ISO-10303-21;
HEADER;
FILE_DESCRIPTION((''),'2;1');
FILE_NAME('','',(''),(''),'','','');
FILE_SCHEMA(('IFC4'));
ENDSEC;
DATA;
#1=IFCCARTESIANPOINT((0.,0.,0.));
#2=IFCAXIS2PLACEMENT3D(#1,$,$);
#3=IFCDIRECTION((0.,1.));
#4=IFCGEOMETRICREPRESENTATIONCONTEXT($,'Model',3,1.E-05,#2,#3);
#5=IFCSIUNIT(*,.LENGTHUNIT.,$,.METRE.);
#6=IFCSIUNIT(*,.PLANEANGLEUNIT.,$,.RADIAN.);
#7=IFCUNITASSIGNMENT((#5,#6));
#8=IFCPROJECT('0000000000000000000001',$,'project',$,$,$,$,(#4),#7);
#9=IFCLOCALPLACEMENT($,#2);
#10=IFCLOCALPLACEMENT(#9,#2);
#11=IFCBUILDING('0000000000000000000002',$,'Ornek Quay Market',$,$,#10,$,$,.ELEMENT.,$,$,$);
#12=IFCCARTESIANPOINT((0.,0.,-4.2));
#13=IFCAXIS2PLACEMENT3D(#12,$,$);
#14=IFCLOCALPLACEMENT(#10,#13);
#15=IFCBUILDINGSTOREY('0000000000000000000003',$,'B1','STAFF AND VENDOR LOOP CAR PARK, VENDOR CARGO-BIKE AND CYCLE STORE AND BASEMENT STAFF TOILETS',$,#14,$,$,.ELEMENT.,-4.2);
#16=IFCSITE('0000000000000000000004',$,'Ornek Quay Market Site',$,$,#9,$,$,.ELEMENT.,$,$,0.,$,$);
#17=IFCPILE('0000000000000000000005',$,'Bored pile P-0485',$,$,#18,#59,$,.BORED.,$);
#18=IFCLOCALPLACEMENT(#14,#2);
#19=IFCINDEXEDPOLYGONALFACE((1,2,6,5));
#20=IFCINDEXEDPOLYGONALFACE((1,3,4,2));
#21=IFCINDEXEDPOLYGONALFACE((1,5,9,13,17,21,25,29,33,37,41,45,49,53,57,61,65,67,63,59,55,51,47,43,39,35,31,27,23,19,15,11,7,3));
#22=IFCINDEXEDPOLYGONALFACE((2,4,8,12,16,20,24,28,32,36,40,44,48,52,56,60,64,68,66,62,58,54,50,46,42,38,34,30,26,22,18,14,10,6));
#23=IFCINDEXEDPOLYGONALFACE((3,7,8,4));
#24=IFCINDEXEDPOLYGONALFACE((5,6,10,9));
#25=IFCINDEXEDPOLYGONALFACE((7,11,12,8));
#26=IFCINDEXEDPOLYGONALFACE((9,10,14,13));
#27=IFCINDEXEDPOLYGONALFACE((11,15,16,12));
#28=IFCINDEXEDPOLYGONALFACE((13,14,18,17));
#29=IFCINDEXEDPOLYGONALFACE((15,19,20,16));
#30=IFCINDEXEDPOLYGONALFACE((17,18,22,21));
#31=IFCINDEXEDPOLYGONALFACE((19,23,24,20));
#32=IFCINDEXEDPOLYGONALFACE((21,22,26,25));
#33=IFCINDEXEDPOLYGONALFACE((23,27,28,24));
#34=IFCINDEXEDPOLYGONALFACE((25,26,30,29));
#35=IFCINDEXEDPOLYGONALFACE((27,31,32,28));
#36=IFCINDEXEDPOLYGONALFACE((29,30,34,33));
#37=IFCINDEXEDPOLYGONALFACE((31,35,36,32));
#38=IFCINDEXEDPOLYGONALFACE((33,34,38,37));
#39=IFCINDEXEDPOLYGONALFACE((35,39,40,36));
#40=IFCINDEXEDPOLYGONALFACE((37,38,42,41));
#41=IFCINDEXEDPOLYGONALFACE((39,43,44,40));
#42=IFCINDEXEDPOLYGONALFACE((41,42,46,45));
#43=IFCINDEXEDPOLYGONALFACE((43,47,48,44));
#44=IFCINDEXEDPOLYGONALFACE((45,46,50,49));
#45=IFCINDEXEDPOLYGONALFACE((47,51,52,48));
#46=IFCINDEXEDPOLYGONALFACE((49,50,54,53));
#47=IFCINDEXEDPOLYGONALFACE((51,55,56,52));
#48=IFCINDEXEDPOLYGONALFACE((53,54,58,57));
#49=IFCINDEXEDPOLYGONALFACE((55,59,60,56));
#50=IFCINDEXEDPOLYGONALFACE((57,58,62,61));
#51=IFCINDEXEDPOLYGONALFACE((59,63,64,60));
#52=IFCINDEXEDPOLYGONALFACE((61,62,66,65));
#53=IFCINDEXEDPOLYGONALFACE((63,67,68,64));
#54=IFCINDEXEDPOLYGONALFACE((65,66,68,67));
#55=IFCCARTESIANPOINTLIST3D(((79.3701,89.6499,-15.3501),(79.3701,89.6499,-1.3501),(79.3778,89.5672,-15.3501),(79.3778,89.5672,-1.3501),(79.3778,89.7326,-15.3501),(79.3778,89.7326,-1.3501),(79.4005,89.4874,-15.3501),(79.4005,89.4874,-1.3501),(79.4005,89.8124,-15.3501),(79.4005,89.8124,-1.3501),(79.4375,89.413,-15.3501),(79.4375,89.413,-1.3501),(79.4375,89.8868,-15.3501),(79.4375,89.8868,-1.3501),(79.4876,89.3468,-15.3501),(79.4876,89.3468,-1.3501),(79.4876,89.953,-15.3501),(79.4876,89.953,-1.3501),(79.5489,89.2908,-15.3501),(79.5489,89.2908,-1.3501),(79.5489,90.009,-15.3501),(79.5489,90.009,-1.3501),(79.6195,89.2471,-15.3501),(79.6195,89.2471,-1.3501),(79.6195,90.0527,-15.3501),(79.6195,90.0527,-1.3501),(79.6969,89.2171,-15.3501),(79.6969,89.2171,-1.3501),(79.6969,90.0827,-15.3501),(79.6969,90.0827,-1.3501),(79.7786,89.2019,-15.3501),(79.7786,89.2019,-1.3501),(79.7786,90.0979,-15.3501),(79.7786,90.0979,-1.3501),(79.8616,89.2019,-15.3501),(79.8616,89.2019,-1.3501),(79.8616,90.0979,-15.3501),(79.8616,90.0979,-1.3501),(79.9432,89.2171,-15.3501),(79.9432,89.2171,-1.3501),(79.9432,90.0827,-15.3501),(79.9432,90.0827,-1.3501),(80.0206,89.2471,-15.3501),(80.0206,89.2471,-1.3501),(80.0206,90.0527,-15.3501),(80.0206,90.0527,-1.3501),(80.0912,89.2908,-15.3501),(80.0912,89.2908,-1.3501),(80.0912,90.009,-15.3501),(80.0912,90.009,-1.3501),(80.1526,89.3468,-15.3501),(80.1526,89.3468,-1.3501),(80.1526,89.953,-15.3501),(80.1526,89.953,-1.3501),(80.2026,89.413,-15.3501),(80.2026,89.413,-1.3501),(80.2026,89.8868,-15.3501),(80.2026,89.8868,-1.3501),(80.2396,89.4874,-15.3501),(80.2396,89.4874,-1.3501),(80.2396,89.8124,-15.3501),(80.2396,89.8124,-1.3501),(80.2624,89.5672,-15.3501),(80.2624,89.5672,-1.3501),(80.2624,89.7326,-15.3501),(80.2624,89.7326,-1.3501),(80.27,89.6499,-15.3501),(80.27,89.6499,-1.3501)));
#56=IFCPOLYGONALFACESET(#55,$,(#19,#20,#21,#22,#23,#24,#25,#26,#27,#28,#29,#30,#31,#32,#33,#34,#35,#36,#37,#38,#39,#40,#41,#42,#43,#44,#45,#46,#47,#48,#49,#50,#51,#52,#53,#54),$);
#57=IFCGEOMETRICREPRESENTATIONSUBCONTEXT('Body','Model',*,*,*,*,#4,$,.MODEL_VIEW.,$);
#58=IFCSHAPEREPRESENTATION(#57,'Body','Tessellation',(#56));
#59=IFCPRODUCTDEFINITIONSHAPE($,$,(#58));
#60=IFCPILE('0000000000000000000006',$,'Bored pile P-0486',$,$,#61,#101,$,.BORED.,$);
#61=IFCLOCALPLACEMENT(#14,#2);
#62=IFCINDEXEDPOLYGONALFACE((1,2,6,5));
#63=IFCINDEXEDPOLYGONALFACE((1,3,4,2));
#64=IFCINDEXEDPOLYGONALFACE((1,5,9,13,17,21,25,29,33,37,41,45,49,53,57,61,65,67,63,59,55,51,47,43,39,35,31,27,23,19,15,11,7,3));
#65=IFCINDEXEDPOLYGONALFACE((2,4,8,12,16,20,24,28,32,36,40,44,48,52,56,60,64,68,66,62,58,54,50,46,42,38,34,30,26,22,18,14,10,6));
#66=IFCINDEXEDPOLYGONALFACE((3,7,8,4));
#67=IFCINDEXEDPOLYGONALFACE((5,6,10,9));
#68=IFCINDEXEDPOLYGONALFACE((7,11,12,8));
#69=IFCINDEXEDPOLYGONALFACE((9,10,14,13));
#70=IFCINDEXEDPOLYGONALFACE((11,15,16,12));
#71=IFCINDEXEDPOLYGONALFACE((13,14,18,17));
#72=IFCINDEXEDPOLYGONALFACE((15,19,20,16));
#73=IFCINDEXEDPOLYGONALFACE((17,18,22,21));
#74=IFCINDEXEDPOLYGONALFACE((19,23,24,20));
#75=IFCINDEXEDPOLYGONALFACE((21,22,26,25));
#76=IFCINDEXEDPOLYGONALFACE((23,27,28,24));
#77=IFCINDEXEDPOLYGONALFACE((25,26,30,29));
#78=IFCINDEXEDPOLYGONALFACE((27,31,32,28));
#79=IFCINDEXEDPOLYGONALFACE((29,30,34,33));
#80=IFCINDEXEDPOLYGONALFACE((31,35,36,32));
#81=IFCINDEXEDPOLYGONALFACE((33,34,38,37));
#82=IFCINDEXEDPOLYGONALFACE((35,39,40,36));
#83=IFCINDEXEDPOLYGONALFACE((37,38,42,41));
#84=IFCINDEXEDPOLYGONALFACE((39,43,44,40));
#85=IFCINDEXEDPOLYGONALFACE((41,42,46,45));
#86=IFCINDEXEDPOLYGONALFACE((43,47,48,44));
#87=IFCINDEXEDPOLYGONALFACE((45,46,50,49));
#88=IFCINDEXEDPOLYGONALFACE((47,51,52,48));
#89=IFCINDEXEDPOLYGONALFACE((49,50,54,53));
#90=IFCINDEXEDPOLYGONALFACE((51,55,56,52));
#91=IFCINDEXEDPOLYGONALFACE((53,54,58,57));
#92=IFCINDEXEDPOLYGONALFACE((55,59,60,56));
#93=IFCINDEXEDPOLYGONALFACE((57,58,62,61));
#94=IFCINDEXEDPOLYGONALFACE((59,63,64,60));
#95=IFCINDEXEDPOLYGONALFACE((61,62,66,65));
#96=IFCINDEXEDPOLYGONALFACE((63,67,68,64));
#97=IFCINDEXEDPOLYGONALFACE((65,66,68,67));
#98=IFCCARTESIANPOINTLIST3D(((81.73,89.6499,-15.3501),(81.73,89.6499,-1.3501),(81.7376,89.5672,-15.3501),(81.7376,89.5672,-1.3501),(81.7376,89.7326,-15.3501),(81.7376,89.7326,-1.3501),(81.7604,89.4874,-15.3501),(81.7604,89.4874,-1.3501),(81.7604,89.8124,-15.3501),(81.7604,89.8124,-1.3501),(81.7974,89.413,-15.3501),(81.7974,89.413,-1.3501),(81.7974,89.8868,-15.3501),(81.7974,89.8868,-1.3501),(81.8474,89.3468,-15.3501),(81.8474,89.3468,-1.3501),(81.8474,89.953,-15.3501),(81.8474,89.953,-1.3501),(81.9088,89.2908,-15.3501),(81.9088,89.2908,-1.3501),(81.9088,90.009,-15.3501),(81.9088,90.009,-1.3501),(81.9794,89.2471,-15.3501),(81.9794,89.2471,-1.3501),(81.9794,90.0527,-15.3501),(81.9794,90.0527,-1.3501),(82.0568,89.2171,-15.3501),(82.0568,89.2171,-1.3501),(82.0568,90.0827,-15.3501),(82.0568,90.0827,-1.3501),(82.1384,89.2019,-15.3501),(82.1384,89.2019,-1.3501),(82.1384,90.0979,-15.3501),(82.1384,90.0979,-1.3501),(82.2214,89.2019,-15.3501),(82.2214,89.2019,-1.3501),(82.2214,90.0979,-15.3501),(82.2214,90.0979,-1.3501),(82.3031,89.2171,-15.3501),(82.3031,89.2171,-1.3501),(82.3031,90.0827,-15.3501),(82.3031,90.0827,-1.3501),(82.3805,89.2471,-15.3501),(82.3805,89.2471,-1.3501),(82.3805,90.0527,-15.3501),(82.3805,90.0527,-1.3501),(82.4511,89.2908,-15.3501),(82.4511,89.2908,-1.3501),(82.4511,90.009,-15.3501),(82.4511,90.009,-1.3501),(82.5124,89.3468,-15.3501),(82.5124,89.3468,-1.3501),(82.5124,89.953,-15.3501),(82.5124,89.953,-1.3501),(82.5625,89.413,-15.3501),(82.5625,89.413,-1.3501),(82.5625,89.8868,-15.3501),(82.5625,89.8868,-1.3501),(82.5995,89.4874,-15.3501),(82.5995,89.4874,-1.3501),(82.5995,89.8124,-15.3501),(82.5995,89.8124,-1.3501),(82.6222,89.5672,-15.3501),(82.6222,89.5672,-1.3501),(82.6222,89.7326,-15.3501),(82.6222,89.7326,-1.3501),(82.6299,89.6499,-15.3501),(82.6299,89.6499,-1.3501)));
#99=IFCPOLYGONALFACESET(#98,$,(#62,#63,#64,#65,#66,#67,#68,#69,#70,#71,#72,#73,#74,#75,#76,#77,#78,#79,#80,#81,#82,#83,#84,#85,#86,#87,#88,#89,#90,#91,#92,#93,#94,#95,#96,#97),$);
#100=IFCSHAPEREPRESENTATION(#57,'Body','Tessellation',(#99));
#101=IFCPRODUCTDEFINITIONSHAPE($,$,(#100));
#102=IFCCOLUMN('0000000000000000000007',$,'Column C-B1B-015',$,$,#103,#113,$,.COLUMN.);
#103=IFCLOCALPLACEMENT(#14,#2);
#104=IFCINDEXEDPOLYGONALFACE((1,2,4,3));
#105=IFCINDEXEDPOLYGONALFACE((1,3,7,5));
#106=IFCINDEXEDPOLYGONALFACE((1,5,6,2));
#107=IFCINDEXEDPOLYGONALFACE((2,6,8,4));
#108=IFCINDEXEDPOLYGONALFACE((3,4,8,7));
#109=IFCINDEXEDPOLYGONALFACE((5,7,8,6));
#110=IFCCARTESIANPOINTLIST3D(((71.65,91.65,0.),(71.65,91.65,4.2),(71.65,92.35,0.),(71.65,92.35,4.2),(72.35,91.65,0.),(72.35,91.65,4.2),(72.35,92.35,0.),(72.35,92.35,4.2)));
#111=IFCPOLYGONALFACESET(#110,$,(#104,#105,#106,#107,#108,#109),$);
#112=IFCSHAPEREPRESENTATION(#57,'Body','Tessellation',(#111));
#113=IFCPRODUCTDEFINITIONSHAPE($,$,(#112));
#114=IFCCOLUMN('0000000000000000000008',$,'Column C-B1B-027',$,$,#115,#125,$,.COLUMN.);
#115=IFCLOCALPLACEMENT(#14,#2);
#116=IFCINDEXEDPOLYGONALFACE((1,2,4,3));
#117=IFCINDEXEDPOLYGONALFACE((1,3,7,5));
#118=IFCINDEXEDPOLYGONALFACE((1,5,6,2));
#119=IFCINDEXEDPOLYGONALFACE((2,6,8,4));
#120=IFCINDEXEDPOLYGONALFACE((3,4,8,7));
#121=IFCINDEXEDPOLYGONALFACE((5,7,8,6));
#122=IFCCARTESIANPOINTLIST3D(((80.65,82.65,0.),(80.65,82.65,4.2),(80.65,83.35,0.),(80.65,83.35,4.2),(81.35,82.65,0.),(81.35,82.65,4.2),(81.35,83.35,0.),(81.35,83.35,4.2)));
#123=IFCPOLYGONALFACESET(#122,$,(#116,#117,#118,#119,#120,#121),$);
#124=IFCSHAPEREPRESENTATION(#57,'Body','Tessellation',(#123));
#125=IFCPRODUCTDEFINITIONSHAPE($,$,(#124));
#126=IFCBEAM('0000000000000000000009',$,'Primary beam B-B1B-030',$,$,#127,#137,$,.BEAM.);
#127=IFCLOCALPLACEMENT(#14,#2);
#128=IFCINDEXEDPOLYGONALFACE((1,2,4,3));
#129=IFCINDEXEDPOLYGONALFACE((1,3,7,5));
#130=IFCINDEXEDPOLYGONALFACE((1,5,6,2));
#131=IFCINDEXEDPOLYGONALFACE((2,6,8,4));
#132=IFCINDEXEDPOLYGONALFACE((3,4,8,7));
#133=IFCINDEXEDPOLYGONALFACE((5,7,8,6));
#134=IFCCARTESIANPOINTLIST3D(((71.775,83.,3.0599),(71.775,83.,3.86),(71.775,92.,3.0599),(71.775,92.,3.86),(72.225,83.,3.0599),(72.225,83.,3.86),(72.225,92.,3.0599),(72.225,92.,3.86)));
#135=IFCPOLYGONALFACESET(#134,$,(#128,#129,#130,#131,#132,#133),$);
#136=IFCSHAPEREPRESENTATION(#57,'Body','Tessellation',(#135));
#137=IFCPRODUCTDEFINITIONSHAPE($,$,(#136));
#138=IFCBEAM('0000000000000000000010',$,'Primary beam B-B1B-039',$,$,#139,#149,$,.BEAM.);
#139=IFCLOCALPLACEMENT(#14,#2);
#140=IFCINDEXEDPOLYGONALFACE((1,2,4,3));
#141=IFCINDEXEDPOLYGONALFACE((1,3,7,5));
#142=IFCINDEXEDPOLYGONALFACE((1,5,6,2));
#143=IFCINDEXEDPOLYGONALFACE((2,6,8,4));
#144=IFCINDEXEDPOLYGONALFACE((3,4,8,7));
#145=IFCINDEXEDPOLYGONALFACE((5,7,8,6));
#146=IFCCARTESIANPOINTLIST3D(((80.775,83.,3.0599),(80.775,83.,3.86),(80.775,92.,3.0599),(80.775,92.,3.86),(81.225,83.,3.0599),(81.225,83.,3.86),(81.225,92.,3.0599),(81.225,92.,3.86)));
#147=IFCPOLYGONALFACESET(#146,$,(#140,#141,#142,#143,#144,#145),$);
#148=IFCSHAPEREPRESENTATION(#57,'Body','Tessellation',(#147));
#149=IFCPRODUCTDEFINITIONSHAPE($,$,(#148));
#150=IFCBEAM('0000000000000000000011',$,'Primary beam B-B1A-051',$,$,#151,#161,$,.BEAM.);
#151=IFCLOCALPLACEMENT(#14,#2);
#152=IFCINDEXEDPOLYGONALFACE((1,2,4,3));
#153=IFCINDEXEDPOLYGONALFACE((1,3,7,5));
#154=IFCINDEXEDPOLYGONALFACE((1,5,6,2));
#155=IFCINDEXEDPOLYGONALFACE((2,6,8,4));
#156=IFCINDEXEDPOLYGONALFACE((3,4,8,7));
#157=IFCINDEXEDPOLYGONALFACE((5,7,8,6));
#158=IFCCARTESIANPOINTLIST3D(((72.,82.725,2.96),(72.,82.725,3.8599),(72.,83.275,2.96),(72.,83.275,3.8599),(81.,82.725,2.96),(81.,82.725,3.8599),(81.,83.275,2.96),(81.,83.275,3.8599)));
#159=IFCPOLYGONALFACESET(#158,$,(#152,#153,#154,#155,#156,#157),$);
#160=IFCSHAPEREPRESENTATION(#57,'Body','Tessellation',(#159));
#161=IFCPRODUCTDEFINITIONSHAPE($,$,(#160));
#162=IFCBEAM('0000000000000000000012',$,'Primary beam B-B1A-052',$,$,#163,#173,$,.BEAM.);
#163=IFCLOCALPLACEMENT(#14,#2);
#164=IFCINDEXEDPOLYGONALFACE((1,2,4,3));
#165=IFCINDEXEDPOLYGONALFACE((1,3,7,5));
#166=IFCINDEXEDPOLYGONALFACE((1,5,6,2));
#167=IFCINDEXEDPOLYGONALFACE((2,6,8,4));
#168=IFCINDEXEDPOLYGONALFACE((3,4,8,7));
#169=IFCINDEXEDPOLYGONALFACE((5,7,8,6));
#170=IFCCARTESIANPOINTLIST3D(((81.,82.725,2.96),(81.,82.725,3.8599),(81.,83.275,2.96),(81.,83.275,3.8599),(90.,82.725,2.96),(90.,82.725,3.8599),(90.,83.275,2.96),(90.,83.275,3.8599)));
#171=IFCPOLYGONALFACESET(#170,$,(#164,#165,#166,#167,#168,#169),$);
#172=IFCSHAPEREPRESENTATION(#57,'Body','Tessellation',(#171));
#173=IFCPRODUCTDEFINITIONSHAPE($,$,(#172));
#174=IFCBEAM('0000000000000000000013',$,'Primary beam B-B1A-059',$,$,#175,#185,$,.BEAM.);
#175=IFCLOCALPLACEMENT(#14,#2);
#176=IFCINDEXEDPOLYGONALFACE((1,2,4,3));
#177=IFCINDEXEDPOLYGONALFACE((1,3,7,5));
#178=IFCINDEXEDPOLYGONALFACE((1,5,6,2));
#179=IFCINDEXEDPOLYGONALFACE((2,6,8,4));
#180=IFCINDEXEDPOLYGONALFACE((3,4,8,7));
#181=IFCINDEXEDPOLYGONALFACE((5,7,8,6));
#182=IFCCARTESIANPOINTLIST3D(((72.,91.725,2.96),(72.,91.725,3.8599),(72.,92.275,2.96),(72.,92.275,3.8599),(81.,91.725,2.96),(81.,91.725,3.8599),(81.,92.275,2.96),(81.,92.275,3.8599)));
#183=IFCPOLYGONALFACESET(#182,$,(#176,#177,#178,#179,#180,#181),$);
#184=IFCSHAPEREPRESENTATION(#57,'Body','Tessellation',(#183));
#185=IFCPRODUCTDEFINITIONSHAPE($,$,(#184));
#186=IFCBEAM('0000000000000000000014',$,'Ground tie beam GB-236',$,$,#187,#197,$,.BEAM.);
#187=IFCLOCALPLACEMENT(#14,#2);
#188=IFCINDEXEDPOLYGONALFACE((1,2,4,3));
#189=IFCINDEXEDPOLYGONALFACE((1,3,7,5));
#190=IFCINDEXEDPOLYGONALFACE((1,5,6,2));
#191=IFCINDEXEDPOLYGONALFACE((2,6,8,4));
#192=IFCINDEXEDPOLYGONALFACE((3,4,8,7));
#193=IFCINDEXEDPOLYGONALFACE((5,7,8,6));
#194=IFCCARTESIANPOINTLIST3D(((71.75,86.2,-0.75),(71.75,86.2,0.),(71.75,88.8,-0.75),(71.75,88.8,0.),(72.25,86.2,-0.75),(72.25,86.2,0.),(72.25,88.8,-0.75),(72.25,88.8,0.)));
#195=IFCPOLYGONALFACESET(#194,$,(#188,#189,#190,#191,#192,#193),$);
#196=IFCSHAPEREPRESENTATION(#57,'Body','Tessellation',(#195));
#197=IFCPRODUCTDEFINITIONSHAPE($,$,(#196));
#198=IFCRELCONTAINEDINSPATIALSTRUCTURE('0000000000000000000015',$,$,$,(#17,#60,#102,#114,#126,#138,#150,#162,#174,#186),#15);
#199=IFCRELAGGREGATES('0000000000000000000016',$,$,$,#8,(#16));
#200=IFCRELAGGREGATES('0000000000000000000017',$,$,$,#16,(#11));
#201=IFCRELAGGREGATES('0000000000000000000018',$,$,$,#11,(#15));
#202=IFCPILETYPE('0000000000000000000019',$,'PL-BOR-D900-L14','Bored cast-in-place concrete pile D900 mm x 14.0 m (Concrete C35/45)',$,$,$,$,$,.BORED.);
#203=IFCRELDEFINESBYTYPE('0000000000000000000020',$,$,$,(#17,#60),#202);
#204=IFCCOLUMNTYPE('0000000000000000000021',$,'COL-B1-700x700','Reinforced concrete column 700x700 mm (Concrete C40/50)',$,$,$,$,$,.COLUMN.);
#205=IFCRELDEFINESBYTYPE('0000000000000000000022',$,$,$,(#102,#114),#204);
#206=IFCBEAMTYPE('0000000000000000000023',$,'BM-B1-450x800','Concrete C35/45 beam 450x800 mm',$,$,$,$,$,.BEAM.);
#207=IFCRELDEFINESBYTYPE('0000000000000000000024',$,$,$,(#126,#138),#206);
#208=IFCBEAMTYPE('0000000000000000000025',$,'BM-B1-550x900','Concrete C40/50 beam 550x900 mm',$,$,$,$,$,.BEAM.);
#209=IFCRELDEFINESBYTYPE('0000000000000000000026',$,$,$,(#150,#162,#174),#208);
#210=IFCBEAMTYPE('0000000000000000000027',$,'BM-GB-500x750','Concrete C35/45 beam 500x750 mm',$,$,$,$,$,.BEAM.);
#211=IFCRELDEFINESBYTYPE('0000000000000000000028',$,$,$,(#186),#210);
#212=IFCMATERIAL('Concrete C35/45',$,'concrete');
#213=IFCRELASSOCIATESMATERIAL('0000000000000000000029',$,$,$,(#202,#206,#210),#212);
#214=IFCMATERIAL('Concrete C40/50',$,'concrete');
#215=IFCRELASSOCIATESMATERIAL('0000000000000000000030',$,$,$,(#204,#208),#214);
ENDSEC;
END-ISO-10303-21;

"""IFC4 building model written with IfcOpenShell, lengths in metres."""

from ifc_helpers import new_model, si_unit, direction, frame, origin, origin_2d, place, context, subcontext, project, spatial, rectangle, circle, extrude, material, material_profile, profile_set, type_object, element, save


model = new_model("IFC4")

# Units and contexts
model_context = context("Model", 3, precision=1e-05, world=origin(), true_north=direction((0.0, 1.0)))
body_context = subcontext(model_context, "Body", "Model", "MODEL_VIEW")
ifc_project = project(units=[si_unit("LENGTHUNIT", "METRE"), si_unit("PLANEANGLEUNIT", "RADIAN")], contexts=[model_context])

# Site, building, storey
site_placement = place(None, origin())
site = spatial("IfcSite", under=ifc_project, at=site_placement, Name="Ornek Quay Market Site", CompositionType="ELEMENT", RefElevation=0.0)
building_placement = place(site_placement, origin())
building = spatial("IfcBuilding", under=site, at=building_placement, Name="Ornek Quay Market", CompositionType="ELEMENT")
storey_placement = place(building_placement, frame((0.0, 0.0, -4.2)))
storey = spatial("IfcBuildingStorey", under=building, at=storey_placement, Name="B1", Description="STAFF AND VENDOR LOOP CAR PARK, VENDOR CARGO-BIKE AND CYCLE STORE AND BASEMENT STAFF TOILETS", CompositionType="ELEMENT", Elevation=-4.2)

# Piles
ifc_material_1 = material(Name="Concrete C35/45", Category="concrete")
ifc_material_profile_1 = material_profile(ifc_material_1, circle(Radius=0.45, at=origin_2d()), Name="PILE D900", Category="concrete")
ifc_profile_set_1 = profile_set([ifc_material_profile_1], Name="Concrete C35/45")
pile_type_1 = type_object("IfcPileType", Name="PL-BOR-D900-L14", Description="Bored cast-in-place concrete pile D900 mm x 14.0 m (Concrete C35/45)", PredefinedType="BORED", material=ifc_profile_set_1)
for number, where, z_axis, x_axis, name in (
    (1, (79.8201, 89.6499, -1.3501), (0.0, 0.0, -1.0), (1.0, 0.0, 0.0), "Bored pile P-0485"),
    (2, (82.1799, 89.6499, -1.3501), (0.0, 0.0, -1.0), (1.0, 0.0, 0.0), "Bored pile P-0486"),
):
    element("IfcPile", number, at=place(storey_placement, frame(where, z_axis=z_axis, x_axis=x_axis)), inside=storey, type_object=pile_type_1, Name=name, PredefinedType="BORED", context=body_context, shape_type="SweptSolid", body=[
        extrude(circle(Radius=0.45, at=origin_2d()), origin(), (0.0, 0.0, 1.0), 14.0),
    ])

# Columns
ifc_material_2 = material(Name="Concrete C40/50", Category="concrete")
ifc_material_profile_2 = material_profile(ifc_material_2, rectangle(XDim=0.7, YDim=0.7, at=origin_2d()), Name="RC 700x700", Category="concrete")
ifc_profile_set_2 = profile_set([ifc_material_profile_2], Name="Concrete C40/50")
column_type = type_object("IfcColumnType", Name="COL-B1-700x700", Description="Reinforced concrete column 700x700 mm (Concrete C40/50)", PredefinedType="COLUMN", material=ifc_profile_set_2)
for number, where, z_axis, x_axis, name in (
    (3, (72.0, 92.0, 0.0), (0.0, 0.0, 1.0), (1.0, 0.0, 0.0), "Column C-B1B-015"),
    (4, (81.0, 83.0, 0.0), (0.0, 0.0, 1.0), (1.0, 0.0, 0.0), "Column C-B1B-027"),
):
    element("IfcColumn", number, at=place(storey_placement, frame(where, z_axis=z_axis, x_axis=x_axis)), inside=storey, type_object=column_type, Name=name, PredefinedType="COLUMN", context=body_context, shape_type="SweptSolid", body=[
        extrude(rectangle(XDim=0.7, YDim=0.7, at=origin_2d()), origin(), (0.0, 0.0, 1.0), 4.2),
    ])

# Beams
ifc_material_profile_3 = material_profile(ifc_material_1, rectangle(XDim=0.45, YDim=0.8, at=origin_2d()), Name="RC 450x800", Category="concrete")
ifc_profile_set_3 = profile_set([ifc_material_profile_3], Name="Concrete C35/45")
beam_type_1 = type_object("IfcBeamType", Name="BM-B1-450x800", Description="Concrete C35/45 beam 450x800 mm", PredefinedType="BEAM", material=ifc_profile_set_3)
for number, where, z_axis, x_axis, name in (
    (5, (72.0, 83.0, 3.46), (0.0, 1.0, 0.0), (-1.0, 0.0, 0.0), "Primary beam B-B1B-030"),
    (6, (81.0, 83.0, 3.46), (0.0, 1.0, 0.0), (-1.0, 0.0, 0.0), "Primary beam B-B1B-039"),
):
    element("IfcBeam", number, at=place(storey_placement, frame(where, z_axis=z_axis, x_axis=x_axis)), inside=storey, type_object=beam_type_1, Name=name, PredefinedType="BEAM", context=body_context, shape_type="SweptSolid", body=[
        extrude(rectangle(XDim=0.45, YDim=0.8, at=origin_2d()), origin(), (0.0, 0.0, 1.0), 9.0),
    ])
ifc_material_profile_4 = material_profile(ifc_material_2, rectangle(XDim=0.55, YDim=0.8999, at=origin_2d()), Name="RC 550x900", Category="concrete")
ifc_profile_set_4 = profile_set([ifc_material_profile_4], Name="Concrete C40/50")
beam_type_2 = type_object("IfcBeamType", Name="BM-B1-550x900", Description="Concrete C40/50 beam 550x900 mm", PredefinedType="BEAM", material=ifc_profile_set_4)
for number, where, z_axis, x_axis, name in (
    (7, (72.0, 83.0, 3.4099), (1.0, 0.0, 0.0), (0.0, 1.0, 0.0), "Primary beam B-B1A-051"),
    (8, (81.0, 83.0, 3.4099), (1.0, 0.0, 0.0), (0.0, 1.0, 0.0), "Primary beam B-B1A-052"),
    (9, (72.0, 92.0, 3.4099), (1.0, 0.0, 0.0), (0.0, 1.0, 0.0), "Primary beam B-B1A-059"),
):
    element("IfcBeam", number, at=place(storey_placement, frame(where, z_axis=z_axis, x_axis=x_axis)), inside=storey, type_object=beam_type_2, Name=name, PredefinedType="BEAM", context=body_context, shape_type="SweptSolid", body=[
        extrude(rectangle(XDim=0.55, YDim=0.8999, at=origin_2d()), origin(), (0.0, 0.0, 1.0), 9.0),
    ])
ifc_material_profile_5 = material_profile(ifc_material_1, rectangle(XDim=0.5, YDim=0.75, at=origin_2d()), Name="RC 500x750", Category="concrete")
ifc_profile_set_5 = profile_set([ifc_material_profile_5], Name="Concrete C35/45")
beam_type_3 = type_object("IfcBeamType", Name="BM-GB-500x750", Description="Concrete C35/45 beam 500x750 mm", PredefinedType="BEAM", material=ifc_profile_set_5)
beam_1_placement = place(storey_placement, frame((72.0, 86.2, -0.375), z_axis=(0.0, 1.0, 0.0), x_axis=(-1.0, 0.0, 0.0)))
element("IfcBeam", 10, at=beam_1_placement, inside=storey, type_object=beam_type_3, Name="Ground tie beam GB-236", PredefinedType="BEAM", context=body_context, shape_type="SweptSolid", body=[
    extrude(rectangle(XDim=0.5, YDim=0.75, at=origin_2d()), origin(), (0.0, 0.0, 1.0), 2.6001),
])

save(model, "model.ifc")
